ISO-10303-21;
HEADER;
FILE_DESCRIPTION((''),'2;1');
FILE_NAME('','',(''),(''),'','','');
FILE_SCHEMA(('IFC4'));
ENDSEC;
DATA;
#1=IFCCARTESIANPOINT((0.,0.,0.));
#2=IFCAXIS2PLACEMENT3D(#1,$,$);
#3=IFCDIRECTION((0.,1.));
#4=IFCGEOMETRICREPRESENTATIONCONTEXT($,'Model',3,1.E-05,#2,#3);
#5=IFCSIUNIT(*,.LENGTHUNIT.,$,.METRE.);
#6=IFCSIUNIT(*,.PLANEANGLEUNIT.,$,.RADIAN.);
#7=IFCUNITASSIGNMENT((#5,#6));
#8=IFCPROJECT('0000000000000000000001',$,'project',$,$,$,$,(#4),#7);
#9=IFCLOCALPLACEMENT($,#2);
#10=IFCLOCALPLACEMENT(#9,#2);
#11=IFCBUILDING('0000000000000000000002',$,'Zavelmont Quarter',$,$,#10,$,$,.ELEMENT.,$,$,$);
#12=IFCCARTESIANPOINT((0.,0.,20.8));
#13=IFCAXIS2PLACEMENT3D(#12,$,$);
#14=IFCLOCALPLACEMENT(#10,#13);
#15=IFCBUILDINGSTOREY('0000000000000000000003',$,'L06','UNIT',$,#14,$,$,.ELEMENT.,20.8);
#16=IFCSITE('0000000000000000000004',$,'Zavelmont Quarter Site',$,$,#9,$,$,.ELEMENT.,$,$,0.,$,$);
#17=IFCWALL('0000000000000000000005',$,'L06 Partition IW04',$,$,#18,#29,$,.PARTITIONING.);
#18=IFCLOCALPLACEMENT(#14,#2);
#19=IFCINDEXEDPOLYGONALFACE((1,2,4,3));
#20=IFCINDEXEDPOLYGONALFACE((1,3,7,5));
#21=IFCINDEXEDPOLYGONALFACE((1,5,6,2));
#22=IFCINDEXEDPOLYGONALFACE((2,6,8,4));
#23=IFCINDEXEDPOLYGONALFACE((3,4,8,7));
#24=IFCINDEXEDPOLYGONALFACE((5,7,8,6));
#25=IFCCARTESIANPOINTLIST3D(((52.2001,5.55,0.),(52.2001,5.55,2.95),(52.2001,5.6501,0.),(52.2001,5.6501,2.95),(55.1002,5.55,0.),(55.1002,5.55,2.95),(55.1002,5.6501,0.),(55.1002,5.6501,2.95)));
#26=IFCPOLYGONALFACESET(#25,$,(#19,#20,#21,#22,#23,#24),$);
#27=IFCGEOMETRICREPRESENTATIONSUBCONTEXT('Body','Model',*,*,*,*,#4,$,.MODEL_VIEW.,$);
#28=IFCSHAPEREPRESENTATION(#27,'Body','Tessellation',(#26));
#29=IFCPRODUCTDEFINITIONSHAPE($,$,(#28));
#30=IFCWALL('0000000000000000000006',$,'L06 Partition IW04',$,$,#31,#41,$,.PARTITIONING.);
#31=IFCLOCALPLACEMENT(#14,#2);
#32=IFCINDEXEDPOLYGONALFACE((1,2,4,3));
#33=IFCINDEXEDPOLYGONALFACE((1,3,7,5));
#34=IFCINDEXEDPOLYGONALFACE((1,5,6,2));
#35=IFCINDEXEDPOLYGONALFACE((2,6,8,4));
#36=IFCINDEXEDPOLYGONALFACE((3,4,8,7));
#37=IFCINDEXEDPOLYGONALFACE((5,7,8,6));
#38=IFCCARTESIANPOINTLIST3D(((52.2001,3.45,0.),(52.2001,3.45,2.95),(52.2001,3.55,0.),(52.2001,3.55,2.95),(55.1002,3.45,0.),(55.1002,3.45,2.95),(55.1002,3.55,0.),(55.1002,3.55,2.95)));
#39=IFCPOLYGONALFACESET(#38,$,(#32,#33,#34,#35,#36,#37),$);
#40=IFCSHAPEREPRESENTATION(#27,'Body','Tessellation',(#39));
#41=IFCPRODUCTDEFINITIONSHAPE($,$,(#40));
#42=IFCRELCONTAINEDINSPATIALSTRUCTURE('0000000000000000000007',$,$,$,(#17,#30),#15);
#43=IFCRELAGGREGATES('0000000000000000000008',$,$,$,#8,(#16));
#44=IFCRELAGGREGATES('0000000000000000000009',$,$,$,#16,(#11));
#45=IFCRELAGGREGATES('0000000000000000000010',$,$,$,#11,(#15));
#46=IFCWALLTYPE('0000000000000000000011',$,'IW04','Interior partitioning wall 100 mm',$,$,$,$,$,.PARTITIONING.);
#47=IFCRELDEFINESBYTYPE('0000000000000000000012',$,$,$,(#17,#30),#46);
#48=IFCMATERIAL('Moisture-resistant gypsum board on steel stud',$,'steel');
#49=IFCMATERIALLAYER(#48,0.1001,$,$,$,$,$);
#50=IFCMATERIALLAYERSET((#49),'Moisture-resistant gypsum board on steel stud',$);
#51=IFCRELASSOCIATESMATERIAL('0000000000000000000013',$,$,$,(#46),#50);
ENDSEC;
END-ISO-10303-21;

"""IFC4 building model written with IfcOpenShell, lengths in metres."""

from ifc_helpers import new_model, si_unit, direction, frame, frame_2d, origin, place, context, subcontext, project, spatial, rectangle, extrude, material, layer, layer_set, type_object, element, save


model = new_model("IFC4")

# Units and contexts
model_context = context("Model", 3, precision=1e-05, world=origin(), true_north=direction((0.0, 1.0)))
body_context = subcontext(model_context, "Body", "Model", "MODEL_VIEW")
ifc_project = project(units=[si_unit("LENGTHUNIT", "METRE"), si_unit("PLANEANGLEUNIT", "RADIAN")], contexts=[model_context])

# Site, building, storey
site_placement = place(None, origin())
site = spatial("IfcSite", under=ifc_project, at=site_placement, Name="Zavelmont Quarter Site", CompositionType="ELEMENT", RefElevation=0.0)
building_placement = place(site_placement, origin())
building = spatial("IfcBuilding", under=site, at=building_placement, Name="Zavelmont Quarter", CompositionType="ELEMENT")
storey_placement = place(building_placement, frame((0.0, 0.0, 20.8)))
storey = spatial("IfcBuildingStorey", under=building, at=storey_placement, Name="L06", Description="UNIT", CompositionType="ELEMENT", Elevation=20.8)

# Walls
ifc_material_1 = material(Name="Moisture-resistant gypsum board on steel stud", Category="steel")
ifc_layer_1 = layer(ifc_material_1, 0.1001)
ifc_layer_set_1 = layer_set([ifc_layer_1], Name="Moisture-resistant gypsum board on steel stud")
wall_type_1 = type_object("IfcWallType", Name="IW04", Description="Interior partitioning wall 100 mm", PredefinedType="PARTITIONING", material=ifc_layer_set_1)
for number, where, z_axis, x_axis, name in (
    (1, (52.2, 5.6001, 0.0), (0.0, 0.0, 1.0), (1.0, 0.0, 0.0), "L06 Partition IW04"),
    (2, (52.2, 3.5, 0.0), (0.0, 0.0, 1.0), (1.0, 0.0, 0.0), "L06 Partition IW04"),
):
    element("IfcWall", number, at=place(storey_placement, frame(where, z_axis=z_axis, x_axis=x_axis)), inside=storey, type_object=wall_type_1, Name=name, PredefinedType="PARTITIONING", context=body_context, shape_type="SweptSolid", body=[
        extrude(rectangle(XDim=2.9001, YDim=0.1001, at=frame_2d((1.4502, 0.0))), origin(), (0.0, 0.0, 1.0), 2.95),
    ])

save(model, "model.ifc")
